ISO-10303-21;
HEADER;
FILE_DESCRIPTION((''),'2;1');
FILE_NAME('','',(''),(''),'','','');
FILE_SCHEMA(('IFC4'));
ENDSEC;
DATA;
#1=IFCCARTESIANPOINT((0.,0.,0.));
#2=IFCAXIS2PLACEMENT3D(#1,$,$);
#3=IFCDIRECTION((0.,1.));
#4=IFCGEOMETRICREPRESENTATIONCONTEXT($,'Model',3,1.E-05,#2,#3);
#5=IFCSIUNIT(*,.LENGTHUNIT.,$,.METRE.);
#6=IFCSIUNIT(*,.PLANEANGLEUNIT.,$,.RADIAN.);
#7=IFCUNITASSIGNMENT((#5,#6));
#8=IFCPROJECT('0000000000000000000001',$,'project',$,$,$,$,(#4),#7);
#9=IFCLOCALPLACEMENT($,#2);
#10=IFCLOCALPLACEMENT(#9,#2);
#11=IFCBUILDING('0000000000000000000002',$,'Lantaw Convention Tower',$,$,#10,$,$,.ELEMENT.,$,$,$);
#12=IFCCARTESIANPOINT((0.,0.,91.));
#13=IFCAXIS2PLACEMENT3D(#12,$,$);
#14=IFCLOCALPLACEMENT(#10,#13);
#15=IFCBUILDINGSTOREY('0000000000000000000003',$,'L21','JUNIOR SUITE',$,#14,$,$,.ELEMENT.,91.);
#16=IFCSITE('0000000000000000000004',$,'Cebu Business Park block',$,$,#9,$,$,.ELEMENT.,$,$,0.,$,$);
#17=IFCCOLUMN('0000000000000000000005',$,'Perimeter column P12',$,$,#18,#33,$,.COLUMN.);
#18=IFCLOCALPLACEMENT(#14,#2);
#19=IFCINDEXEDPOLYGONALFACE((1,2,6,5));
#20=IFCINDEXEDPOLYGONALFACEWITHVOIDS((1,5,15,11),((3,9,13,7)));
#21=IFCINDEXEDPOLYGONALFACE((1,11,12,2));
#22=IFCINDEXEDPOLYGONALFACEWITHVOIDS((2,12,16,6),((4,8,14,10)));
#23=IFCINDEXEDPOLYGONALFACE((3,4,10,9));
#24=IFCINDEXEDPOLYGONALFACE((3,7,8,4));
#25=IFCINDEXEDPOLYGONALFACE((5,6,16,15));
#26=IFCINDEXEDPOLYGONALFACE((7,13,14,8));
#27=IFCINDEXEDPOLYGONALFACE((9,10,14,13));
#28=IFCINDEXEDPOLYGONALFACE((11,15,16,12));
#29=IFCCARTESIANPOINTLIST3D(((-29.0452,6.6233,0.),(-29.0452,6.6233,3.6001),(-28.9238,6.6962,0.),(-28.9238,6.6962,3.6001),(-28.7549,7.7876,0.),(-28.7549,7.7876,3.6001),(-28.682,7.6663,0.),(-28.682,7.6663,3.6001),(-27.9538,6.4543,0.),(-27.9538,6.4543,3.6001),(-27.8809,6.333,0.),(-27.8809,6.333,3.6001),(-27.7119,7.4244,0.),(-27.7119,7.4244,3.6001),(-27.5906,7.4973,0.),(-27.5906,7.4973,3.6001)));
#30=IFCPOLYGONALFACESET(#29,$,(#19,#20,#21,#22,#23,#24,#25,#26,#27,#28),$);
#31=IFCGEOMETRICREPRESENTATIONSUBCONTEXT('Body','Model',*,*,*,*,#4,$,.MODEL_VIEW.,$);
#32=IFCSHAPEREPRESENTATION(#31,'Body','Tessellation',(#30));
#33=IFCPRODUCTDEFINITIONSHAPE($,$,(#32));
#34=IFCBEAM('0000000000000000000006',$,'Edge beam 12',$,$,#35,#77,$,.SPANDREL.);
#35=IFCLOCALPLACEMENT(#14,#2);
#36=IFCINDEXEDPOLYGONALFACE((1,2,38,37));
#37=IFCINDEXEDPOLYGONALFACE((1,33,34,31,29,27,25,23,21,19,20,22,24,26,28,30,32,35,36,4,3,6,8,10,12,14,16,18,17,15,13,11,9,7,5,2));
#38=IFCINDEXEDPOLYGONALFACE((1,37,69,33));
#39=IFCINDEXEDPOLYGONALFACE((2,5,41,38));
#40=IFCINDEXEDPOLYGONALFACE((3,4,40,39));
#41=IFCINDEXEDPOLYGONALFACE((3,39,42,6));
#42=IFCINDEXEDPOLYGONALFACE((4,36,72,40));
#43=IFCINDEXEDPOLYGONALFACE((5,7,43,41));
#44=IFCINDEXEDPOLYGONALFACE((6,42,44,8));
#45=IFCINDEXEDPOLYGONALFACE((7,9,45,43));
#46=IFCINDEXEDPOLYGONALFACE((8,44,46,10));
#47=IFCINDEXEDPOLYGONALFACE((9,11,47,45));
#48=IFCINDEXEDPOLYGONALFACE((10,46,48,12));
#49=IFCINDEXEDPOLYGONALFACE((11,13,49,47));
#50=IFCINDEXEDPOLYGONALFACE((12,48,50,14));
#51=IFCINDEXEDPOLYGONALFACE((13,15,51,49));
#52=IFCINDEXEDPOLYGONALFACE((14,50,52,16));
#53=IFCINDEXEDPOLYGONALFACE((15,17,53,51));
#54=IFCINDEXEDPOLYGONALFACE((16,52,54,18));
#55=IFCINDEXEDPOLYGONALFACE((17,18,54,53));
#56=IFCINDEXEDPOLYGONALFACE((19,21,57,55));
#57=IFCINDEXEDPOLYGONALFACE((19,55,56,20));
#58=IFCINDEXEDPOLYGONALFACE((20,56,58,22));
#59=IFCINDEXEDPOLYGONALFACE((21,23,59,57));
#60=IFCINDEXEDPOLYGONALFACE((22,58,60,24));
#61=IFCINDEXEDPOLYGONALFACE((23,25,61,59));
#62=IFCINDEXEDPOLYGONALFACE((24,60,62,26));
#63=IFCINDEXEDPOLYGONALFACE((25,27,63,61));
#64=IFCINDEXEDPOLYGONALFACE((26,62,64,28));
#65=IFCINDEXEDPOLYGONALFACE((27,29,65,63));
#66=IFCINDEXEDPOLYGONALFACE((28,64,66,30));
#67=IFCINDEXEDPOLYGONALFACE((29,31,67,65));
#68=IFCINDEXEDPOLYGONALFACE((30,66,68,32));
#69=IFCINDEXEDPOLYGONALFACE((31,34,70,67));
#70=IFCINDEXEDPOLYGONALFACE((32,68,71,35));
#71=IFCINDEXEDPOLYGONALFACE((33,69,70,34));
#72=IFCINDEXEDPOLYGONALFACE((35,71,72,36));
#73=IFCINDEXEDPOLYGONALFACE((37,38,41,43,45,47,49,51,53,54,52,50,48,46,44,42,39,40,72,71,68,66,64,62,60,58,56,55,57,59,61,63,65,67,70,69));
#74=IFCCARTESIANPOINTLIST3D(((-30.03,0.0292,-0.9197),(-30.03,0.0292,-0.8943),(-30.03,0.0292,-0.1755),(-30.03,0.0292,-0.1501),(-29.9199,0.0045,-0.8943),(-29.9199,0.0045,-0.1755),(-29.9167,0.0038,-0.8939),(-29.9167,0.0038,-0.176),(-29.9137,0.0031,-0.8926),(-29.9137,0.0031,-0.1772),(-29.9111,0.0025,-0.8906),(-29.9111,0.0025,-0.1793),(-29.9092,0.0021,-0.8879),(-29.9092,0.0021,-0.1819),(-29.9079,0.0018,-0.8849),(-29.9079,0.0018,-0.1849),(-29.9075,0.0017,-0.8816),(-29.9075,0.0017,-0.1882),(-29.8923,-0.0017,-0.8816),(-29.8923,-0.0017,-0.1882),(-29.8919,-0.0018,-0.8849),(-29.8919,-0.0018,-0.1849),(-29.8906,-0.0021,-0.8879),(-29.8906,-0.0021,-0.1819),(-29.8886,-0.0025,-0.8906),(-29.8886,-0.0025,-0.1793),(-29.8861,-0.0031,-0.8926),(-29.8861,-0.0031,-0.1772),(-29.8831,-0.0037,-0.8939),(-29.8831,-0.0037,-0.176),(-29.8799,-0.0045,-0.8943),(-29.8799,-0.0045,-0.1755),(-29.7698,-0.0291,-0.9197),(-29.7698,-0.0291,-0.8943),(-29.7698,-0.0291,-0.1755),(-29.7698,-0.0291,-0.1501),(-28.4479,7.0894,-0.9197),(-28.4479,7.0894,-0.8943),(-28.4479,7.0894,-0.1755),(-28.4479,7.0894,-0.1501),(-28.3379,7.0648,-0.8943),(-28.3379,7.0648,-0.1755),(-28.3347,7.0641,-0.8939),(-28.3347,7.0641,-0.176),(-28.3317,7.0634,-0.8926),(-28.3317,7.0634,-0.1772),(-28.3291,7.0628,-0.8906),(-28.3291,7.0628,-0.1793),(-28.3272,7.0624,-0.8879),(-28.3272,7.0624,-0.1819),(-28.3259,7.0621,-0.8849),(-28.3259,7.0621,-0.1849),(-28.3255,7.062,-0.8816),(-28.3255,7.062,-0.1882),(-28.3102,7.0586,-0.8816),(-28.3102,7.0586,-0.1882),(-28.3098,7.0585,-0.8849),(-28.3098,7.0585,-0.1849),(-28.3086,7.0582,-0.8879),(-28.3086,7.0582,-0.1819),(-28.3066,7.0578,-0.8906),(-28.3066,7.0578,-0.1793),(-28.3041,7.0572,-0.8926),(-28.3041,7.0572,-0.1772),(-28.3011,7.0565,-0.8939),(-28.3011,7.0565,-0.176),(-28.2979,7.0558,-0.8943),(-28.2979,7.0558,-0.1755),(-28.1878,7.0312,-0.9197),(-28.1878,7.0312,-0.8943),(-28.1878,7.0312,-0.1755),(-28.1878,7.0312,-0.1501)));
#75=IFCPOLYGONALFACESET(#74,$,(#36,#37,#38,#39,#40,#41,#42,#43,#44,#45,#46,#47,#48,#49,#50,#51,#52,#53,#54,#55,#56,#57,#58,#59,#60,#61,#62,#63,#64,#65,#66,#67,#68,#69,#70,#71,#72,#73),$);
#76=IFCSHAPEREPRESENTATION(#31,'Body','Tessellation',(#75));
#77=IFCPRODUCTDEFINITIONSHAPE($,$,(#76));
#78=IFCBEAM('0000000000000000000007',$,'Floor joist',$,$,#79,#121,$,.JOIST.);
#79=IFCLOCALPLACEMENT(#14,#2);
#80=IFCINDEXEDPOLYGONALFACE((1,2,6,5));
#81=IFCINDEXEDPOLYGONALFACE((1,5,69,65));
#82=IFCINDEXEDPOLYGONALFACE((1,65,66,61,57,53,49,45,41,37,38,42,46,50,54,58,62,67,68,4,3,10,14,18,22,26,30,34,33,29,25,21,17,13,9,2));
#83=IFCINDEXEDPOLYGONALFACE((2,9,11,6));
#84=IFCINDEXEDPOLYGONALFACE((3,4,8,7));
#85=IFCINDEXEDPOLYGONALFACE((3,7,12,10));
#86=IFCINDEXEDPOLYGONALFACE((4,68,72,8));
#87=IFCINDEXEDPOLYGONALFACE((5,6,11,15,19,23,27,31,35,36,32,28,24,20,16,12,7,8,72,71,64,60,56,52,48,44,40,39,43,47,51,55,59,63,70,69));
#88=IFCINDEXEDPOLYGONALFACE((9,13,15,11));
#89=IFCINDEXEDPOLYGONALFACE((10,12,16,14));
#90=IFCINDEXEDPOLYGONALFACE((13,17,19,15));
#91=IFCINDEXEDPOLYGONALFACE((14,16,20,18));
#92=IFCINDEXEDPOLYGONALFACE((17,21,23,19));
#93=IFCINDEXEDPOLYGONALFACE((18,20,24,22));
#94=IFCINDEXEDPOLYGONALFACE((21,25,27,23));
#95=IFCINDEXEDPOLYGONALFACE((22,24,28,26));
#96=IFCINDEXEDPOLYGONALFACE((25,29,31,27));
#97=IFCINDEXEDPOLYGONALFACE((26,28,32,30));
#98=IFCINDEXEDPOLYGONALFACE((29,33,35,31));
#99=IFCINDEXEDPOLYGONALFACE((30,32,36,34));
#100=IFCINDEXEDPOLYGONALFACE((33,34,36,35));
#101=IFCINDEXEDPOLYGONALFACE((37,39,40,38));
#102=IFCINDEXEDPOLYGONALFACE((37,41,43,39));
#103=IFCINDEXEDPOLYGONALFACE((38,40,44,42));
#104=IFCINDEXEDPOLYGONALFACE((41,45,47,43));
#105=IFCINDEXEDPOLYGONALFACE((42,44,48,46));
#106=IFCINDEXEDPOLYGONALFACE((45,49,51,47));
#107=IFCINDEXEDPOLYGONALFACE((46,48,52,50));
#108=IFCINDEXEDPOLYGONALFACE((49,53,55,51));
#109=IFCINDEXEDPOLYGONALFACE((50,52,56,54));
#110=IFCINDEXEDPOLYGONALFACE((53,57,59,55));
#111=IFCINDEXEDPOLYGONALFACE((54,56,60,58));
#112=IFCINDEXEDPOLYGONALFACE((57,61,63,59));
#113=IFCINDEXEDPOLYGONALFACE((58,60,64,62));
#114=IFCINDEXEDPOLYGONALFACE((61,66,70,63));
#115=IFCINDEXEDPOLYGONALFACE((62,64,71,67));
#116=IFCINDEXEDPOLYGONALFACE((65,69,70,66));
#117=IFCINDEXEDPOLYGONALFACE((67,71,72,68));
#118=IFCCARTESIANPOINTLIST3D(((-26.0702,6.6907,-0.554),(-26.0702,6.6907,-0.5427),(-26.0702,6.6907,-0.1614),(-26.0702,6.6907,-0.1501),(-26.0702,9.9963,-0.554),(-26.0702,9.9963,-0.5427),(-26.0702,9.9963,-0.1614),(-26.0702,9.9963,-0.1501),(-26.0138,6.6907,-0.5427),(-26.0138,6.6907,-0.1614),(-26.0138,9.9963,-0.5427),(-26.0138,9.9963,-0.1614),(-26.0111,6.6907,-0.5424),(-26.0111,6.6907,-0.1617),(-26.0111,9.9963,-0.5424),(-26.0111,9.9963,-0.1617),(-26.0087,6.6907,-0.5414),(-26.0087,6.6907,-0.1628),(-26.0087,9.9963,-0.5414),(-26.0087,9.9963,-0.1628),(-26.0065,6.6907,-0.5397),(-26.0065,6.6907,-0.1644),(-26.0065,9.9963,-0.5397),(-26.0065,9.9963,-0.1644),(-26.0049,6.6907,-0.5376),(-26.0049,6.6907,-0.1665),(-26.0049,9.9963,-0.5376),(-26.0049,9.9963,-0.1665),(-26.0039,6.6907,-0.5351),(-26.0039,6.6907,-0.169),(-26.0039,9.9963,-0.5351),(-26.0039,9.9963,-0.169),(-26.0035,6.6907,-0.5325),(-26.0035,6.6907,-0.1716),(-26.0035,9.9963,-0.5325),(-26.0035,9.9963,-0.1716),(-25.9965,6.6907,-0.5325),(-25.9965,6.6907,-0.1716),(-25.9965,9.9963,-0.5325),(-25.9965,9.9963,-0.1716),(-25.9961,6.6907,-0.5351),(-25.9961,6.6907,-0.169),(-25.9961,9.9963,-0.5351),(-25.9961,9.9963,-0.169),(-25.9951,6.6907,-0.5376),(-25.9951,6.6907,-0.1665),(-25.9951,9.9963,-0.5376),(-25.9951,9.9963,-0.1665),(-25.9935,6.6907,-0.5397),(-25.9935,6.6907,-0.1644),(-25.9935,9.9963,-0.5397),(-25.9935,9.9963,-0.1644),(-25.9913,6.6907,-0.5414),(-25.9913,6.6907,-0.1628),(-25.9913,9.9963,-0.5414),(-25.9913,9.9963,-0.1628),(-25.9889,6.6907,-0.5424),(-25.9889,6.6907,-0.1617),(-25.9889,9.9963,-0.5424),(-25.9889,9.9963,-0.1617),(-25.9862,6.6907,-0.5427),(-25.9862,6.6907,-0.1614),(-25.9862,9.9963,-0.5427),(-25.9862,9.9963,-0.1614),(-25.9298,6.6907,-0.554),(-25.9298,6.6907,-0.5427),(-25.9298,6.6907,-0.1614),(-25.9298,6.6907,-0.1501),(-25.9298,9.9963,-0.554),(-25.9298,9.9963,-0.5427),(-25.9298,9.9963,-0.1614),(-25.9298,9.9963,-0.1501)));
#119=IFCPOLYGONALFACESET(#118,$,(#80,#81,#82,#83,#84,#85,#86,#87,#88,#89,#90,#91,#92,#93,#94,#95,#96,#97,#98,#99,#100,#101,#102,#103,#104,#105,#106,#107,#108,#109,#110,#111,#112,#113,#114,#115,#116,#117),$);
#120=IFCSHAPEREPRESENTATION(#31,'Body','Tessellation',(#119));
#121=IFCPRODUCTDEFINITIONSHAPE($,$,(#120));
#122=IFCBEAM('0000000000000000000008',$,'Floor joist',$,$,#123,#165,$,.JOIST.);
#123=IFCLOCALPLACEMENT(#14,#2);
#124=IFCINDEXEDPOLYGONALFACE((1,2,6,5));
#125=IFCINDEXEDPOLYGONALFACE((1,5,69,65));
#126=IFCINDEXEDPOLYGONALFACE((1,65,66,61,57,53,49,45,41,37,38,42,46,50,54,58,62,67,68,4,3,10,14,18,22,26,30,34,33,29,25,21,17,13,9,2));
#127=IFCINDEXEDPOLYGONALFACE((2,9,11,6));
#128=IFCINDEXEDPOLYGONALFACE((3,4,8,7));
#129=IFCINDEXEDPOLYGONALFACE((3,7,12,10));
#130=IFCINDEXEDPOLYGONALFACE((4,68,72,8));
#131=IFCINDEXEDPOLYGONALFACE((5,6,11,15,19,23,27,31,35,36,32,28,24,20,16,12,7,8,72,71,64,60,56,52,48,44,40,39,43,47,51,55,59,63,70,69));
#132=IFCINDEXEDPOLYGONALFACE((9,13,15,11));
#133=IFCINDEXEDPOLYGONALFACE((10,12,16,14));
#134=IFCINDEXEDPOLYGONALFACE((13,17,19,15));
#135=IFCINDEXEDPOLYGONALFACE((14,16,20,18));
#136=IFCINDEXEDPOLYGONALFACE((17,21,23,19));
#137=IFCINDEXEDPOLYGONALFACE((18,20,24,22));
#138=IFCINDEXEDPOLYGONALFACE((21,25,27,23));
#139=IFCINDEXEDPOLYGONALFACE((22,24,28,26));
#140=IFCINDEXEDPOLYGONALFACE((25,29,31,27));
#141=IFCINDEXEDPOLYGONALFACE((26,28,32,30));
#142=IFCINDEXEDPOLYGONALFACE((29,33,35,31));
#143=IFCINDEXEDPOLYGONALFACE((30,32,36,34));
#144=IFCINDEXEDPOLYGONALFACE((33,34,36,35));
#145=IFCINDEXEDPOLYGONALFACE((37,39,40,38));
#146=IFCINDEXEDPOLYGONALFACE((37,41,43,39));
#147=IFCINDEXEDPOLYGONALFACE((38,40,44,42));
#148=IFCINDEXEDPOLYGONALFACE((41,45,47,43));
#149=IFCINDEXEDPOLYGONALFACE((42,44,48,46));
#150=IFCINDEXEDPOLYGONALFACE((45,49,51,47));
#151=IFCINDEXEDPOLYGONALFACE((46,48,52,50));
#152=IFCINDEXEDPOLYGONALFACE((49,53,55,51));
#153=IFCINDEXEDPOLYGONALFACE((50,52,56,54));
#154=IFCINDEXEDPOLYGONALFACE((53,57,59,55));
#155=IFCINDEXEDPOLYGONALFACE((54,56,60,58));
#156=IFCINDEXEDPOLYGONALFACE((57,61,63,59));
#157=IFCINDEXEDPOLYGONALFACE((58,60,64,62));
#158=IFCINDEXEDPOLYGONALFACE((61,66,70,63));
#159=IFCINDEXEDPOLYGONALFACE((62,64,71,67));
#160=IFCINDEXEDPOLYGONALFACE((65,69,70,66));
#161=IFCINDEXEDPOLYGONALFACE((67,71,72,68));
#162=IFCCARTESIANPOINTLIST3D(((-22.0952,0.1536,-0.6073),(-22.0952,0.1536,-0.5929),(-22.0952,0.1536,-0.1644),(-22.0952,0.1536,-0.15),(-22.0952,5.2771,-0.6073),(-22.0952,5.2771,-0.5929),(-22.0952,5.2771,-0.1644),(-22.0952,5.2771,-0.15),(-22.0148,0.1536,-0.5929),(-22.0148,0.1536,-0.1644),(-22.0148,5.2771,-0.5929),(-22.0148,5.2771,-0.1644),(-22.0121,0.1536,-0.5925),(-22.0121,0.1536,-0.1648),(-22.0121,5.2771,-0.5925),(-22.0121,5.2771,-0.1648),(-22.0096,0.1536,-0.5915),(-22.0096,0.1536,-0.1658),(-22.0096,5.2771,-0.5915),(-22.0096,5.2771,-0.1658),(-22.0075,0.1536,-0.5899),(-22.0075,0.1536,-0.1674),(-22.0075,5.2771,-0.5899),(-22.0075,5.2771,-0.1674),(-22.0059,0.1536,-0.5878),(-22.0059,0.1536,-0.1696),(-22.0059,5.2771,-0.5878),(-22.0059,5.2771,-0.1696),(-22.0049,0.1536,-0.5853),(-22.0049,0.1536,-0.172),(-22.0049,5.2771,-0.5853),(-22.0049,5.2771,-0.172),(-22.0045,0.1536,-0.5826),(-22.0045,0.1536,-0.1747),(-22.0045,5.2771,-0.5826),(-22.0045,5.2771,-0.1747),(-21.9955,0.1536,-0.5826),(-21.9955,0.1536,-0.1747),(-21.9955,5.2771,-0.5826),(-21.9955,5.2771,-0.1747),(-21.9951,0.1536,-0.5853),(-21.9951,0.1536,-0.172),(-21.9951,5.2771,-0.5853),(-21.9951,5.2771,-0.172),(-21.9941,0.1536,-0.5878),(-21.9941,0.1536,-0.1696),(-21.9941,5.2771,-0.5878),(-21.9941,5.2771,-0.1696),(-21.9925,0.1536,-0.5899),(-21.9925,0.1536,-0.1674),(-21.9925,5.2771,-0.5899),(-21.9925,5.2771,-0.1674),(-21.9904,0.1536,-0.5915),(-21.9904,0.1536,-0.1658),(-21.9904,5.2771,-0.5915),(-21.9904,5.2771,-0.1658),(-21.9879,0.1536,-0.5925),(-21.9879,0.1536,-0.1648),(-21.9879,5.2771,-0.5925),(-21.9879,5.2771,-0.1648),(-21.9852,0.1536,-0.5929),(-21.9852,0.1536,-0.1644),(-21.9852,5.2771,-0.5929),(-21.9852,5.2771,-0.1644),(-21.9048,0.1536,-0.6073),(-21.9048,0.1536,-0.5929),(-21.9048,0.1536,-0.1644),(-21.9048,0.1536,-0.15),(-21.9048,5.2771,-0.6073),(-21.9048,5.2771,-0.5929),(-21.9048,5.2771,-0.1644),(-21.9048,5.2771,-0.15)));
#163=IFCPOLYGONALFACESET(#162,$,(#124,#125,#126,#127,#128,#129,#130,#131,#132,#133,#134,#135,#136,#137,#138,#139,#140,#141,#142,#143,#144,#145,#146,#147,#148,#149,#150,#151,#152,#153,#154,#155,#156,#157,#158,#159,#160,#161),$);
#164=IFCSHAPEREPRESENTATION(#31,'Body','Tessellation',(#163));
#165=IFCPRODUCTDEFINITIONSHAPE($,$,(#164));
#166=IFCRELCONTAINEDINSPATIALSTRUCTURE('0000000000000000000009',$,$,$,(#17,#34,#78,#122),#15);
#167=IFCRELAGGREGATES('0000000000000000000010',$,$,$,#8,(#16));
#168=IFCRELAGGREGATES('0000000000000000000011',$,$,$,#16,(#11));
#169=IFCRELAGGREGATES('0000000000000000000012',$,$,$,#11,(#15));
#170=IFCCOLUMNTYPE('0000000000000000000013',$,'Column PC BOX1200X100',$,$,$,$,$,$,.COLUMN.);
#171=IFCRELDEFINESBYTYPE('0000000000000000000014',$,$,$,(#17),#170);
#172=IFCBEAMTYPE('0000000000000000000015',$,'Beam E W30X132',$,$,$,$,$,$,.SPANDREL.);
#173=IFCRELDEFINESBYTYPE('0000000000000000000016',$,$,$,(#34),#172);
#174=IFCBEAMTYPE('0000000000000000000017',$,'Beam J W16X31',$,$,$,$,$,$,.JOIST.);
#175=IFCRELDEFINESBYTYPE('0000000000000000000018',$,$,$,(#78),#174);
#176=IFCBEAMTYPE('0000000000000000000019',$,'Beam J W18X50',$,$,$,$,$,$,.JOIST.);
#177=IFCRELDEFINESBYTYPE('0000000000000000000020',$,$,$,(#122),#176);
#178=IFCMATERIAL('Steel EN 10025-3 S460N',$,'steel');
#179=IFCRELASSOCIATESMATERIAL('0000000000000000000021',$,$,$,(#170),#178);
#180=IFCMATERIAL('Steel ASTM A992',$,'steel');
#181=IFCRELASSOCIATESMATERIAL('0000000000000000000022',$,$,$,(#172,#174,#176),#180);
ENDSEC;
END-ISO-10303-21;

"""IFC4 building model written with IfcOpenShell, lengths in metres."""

from ifc_helpers import new_model, si_unit, direction, frame, origin, origin_2d, place, context, subcontext, project, spatial, rectangle, hollow_rectangle, i_section, extrude, material, material_profile, profile_set, type_object, element, save


model = new_model("IFC4")

# Units and contexts
model_context = context("Model", 3, precision=1e-05, world=origin(), true_north=direction((0.0, 1.0)))
body_context = subcontext(model_context, "Body", "Model", "MODEL_VIEW")
ifc_project = project(units=[si_unit("LENGTHUNIT", "METRE"), si_unit("PLANEANGLEUNIT", "RADIAN")], contexts=[model_context])

# Site, building, storey
site_placement = place(None, origin())
site = spatial("IfcSite", under=ifc_project, at=site_placement, Name="Cebu Business Park block", CompositionType="ELEMENT", RefElevation=0.0)
building_placement = place(site_placement, origin())
building = spatial("IfcBuilding", under=site, at=building_placement, Name="Lantaw Convention Tower", CompositionType="ELEMENT")
storey_placement = place(building_placement, frame((0.0, 0.0, 91.0)))
storey = spatial("IfcBuildingStorey", under=building, at=storey_placement, Name="L21", Description="JUNIOR SUITE", CompositionType="ELEMENT", Elevation=91.0)

# Column
ifc_material_1 = material(Name="Steel EN 10025-3 S460N", Category="steel")
ifc_material_profile_1 = material_profile(ifc_material_1, hollow_rectangle(XDim=1.2, YDim=1.2, WallThickness=0.1001, at=origin_2d()), Name="BOX1200X100")
ifc_material_2 = material(Name="Concrete C60/75", Category="concrete")
ifc_material_profile_2 = material_profile(ifc_material_2, rectangle(XDim=1.0, YDim=1.0, at=origin_2d()), Name="Concrete fill of BOX1200X100")
ifc_profile_set_1 = profile_set([ifc_material_profile_1, ifc_material_profile_2], Name="Steel EN 10025-3 S460N")
column_type = type_object("IfcColumnType", Name="Column PC BOX1200X100", PredefinedType="COLUMN", material=ifc_profile_set_1)
column_placement = place(storey_placement, frame((-28.3179, 7.0603, 0.0), z_axis=(0.0, 0.0, 1.0), x_axis=(0.241922, 0.970296, 0.0)))
element("IfcColumn", 1, at=column_placement, inside=storey, type_object=column_type, Name="Perimeter column P12", PredefinedType="COLUMN", context=body_context, shape_type="SweptSolid", body=[
    extrude(hollow_rectangle(XDim=1.2, YDim=1.2, WallThickness=0.1001, at=origin_2d()), origin(), (0.0, 0.0, 1.0), 3.6001),
])

# Beams
ifc_material_3 = material(Name="Steel ASTM A992", Category="steel")
ifc_material_profile_3 = material_profile(ifc_material_3, i_section(OverallWidth=0.2666, OverallDepth=0.7695, WebThickness=0.0156, FlangeThickness=0.0254, FilletRadius=0.0127, at=origin_2d()), Name="W30X132")
ifc_profile_set_2 = profile_set([ifc_material_profile_3], Name="Steel ASTM A992")
beam_type_1 = type_object("IfcBeamType", Name="Beam E W30X132", PredefinedType="SPANDREL", material=ifc_profile_set_2)
beam_1_placement = place(storey_placement, frame((-28.3179, 7.0603, -0.5349), z_axis=(-0.218652, -0.975803, 0.0), x_axis=(0.975803, -0.218652, 0.0)))
element("IfcBeam", 2, at=beam_1_placement, inside=storey, type_object=beam_type_1, Name="Edge beam 12", PredefinedType="SPANDREL", context=body_context, shape_type="SweptSolid", body=[
    extrude(i_section(OverallWidth=0.2666, OverallDepth=0.7695, WebThickness=0.0156, FlangeThickness=0.0254, FilletRadius=0.0127, at=origin_2d()), origin(), (0.0, 0.0, 1.0), 7.2354),
])
ifc_material_profile_4 = material_profile(ifc_material_3, i_section(OverallWidth=0.1404, OverallDepth=0.4038, WebThickness=0.0071, FlangeThickness=0.0112, FilletRadius=0.0103, at=origin_2d()), Name="W16X31")
ifc_profile_set_3 = profile_set([ifc_material_profile_4], Name="Steel ASTM A992")
beam_type_2 = type_object("IfcBeamType", Name="Beam J W16X31", PredefinedType="JOIST", material=ifc_profile_set_3)
beam_2_placement = place(storey_placement, frame((-26.0, 6.6907, -0.3521), z_axis=(0.0, 1.0, 0.0), x_axis=(-1.0, 0.0, 0.0)))
element("IfcBeam", 3, at=beam_2_placement, inside=storey, type_object=beam_type_2, Name="Floor joist", PredefinedType="JOIST", context=body_context, shape_type="SweptSolid", body=[
    extrude(i_section(OverallWidth=0.1404, OverallDepth=0.4038, WebThickness=0.0071, FlangeThickness=0.0112, FilletRadius=0.0103, at=origin_2d()), origin(), (0.0, 0.0, 1.0), 3.3057),
])
ifc_material_profile_5 = material_profile(ifc_material_3, i_section(OverallWidth=0.1904, OverallDepth=0.4573, WebThickness=0.009, FlangeThickness=0.0144, FilletRadius=0.0103, at=origin_2d()), Name="W18X50")
ifc_profile_set_4 = profile_set([ifc_material_profile_5], Name="Steel ASTM A992")
beam_type_3 = type_object("IfcBeamType", Name="Beam J W18X50", PredefinedType="JOIST", material=ifc_profile_set_4)
beam_3_placement = place(storey_placement, frame((-22.0, 0.1536, -0.3787), z_axis=(0.0, 1.0, 0.0), x_axis=(-1.0, 0.0, 0.0)))
element("IfcBeam", 4, at=beam_3_placement, inside=storey, type_object=beam_type_3, Name="Floor joist", PredefinedType="JOIST", context=body_context, shape_type="SweptSolid", body=[
    extrude(i_section(OverallWidth=0.1904, OverallDepth=0.4573, WebThickness=0.009, FlangeThickness=0.0144, FilletRadius=0.0103, at=origin_2d()), origin(), (0.0, 0.0, 1.0), 5.1235),
])

save(model, "model.ifc")
